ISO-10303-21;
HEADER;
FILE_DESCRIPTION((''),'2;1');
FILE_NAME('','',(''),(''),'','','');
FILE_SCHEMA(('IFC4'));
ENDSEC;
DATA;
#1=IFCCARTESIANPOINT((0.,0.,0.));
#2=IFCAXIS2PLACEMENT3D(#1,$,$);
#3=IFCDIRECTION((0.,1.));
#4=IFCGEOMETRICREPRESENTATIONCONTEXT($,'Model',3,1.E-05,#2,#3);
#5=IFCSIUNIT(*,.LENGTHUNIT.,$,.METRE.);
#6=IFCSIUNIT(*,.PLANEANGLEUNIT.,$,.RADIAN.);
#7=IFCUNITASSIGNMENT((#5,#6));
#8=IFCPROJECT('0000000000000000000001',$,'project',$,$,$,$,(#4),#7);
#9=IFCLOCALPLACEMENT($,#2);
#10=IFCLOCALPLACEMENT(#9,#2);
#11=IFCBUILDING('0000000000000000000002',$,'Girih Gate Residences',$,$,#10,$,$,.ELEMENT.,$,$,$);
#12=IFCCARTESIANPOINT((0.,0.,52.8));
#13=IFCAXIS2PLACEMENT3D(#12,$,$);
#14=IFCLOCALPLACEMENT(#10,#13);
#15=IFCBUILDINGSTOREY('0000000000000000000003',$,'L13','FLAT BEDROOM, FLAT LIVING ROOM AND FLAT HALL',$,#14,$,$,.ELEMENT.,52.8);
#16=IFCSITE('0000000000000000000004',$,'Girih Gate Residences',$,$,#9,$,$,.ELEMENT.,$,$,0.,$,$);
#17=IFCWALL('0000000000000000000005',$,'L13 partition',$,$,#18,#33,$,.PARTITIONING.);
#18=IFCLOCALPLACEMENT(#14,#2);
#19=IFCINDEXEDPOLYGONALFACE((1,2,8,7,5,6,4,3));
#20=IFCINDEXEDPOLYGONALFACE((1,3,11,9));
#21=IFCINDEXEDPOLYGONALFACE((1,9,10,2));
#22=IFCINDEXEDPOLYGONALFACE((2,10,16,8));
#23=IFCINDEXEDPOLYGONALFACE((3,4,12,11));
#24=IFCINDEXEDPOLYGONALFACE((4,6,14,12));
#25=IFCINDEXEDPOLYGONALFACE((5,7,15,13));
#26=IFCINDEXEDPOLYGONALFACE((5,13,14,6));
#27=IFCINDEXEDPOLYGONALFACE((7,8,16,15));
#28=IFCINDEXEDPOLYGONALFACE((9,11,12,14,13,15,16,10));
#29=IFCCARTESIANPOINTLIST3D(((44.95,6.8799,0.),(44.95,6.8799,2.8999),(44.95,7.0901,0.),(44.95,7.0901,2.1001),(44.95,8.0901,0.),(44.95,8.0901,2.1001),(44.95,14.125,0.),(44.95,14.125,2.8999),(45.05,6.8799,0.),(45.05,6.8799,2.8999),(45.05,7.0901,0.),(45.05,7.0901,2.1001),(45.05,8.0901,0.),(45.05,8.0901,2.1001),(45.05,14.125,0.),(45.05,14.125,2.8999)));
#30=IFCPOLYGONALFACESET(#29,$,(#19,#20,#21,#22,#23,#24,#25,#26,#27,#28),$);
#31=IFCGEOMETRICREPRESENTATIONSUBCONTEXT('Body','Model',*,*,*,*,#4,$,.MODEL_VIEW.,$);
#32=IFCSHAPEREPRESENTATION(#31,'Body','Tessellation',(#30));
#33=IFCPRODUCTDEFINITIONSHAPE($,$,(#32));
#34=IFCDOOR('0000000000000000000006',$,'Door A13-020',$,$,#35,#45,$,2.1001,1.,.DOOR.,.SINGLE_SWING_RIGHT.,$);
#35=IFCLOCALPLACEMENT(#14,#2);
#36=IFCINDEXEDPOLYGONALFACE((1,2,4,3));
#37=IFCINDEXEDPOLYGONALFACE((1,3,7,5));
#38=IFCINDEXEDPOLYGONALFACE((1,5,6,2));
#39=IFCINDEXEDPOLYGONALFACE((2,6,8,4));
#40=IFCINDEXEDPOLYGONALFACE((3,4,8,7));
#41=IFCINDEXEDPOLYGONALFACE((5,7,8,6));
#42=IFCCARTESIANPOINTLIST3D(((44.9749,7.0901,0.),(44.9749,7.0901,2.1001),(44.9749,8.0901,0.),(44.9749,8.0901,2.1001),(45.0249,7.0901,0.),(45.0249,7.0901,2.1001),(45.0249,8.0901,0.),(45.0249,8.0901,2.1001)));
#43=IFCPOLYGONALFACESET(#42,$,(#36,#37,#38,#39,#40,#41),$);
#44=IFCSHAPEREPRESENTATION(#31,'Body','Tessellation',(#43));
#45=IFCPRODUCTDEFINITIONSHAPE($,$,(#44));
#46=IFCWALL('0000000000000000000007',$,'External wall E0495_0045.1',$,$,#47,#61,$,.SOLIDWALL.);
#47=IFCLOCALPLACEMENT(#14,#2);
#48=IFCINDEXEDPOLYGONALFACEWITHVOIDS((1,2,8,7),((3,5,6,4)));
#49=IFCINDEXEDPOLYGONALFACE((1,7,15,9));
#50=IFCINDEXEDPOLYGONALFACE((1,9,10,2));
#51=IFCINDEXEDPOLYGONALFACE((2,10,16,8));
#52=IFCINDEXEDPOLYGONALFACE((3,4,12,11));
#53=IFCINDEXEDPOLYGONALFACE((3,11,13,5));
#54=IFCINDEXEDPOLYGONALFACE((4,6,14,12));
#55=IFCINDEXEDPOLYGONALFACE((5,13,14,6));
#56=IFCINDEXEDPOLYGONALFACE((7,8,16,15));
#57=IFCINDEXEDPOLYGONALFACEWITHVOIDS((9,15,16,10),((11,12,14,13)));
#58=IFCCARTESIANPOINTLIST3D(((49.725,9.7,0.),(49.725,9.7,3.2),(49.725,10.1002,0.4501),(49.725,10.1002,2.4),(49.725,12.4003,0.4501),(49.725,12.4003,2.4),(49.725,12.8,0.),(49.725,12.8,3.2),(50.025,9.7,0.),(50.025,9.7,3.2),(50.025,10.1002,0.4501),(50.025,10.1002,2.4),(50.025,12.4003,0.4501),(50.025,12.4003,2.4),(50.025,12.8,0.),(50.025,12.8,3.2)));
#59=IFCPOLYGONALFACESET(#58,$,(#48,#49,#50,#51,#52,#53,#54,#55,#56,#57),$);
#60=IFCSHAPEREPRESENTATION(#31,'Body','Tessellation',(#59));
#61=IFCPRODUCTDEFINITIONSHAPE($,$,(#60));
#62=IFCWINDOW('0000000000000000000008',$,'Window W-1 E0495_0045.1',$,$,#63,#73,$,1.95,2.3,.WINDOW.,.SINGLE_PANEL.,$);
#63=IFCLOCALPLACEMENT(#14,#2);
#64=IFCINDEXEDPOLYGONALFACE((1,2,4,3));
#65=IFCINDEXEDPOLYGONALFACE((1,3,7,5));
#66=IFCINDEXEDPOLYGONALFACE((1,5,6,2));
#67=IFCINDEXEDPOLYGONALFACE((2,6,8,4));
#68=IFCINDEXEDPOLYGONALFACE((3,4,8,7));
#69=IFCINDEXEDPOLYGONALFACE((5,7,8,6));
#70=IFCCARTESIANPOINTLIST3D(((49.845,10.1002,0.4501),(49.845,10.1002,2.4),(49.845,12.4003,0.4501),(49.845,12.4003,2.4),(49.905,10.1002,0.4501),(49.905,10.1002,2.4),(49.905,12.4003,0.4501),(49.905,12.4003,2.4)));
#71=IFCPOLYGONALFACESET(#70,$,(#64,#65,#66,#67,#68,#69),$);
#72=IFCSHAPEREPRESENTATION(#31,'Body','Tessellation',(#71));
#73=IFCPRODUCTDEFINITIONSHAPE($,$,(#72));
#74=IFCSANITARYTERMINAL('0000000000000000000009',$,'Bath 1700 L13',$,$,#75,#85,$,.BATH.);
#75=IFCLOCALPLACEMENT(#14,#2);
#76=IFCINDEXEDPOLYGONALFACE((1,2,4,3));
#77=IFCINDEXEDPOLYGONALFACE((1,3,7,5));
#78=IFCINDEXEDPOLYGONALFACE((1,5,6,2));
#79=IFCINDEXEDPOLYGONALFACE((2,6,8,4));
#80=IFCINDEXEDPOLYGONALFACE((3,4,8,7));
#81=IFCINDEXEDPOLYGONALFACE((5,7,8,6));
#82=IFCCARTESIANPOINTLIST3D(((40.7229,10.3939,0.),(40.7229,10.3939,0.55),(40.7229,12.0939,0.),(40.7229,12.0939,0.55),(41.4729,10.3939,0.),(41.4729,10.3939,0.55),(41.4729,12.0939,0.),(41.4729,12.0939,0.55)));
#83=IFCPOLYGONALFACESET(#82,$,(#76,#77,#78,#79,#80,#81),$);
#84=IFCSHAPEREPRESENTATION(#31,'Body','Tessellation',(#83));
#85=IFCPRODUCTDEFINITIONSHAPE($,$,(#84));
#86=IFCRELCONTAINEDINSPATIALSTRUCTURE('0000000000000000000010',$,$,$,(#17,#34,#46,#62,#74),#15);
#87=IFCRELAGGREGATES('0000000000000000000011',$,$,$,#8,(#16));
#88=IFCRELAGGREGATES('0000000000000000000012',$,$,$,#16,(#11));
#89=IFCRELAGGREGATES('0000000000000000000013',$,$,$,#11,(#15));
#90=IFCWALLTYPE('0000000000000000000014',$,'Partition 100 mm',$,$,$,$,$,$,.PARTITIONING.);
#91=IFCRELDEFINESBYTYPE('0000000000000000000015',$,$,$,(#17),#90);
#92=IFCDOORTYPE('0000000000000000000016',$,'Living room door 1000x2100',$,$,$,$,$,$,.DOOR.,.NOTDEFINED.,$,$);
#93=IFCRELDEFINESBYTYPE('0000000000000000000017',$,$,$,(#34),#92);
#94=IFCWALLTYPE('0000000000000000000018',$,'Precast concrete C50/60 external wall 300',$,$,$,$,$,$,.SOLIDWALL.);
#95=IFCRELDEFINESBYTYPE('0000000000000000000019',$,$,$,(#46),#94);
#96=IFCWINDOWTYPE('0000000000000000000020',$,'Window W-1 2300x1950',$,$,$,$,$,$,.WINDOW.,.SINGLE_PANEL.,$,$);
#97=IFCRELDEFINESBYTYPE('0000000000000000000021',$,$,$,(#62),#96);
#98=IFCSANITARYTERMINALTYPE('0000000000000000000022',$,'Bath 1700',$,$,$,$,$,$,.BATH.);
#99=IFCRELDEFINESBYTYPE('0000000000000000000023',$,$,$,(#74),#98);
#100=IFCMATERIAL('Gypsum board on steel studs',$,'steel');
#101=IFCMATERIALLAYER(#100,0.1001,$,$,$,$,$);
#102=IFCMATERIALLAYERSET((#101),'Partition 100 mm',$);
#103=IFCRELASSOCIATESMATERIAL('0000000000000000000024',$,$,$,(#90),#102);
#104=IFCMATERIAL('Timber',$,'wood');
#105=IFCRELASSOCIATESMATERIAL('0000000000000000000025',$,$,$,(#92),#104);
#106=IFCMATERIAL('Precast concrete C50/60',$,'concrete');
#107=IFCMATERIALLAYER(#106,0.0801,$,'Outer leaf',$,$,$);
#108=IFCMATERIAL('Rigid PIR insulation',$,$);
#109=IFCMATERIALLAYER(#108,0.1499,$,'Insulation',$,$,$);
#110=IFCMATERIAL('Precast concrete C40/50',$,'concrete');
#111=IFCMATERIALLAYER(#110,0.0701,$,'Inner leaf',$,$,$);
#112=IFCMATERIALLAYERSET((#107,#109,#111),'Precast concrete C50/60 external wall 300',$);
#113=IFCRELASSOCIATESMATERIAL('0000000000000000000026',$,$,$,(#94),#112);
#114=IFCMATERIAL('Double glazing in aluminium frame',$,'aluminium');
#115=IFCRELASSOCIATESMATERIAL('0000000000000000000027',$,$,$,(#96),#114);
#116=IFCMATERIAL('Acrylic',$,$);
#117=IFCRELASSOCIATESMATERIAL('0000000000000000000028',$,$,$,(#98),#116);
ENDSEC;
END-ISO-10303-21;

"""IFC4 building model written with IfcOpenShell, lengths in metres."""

from ifc_helpers import new_model, si_unit, direction, frame, frame_2d, origin, origin_2d, place, context, subcontext, project, spatial, rectangle, extrude, material, layer, layer_set, type_object, element, fill, save


model = new_model("IFC4")

# Units and contexts
model_context = context("Model", 3, precision=1e-05, world=origin(), true_north=direction((0.0, 1.0)))
body_context = subcontext(model_context, "Body", "Model", "MODEL_VIEW")
ifc_project = project(units=[si_unit("LENGTHUNIT", "METRE"), si_unit("PLANEANGLEUNIT", "RADIAN")], contexts=[model_context])

# Site, building, storey
site_placement = place(None, origin())
site = spatial("IfcSite", under=ifc_project, at=site_placement, Name="Girih Gate Residences", CompositionType="ELEMENT", RefElevation=0.0)
building_placement = place(site_placement, origin())
building = spatial("IfcBuilding", under=site, at=building_placement, Name="Girih Gate Residences", CompositionType="ELEMENT")
storey_placement = place(building_placement, frame((0.0, 0.0, 52.8)))
storey = spatial("IfcBuildingStorey", under=building, at=storey_placement, Name="L13", Description="FLAT BEDROOM, FLAT LIVING ROOM AND FLAT HALL", CompositionType="ELEMENT", Elevation=52.8)

# Shared definitions
ifc_material_1 = material(Name="Gypsum board on steel studs", Category="steel")

# Shared definitions
ifc_material_2 = material(Name="Timber", Category="wood")

# Wall, opening, door
ifc_layer_1 = layer(ifc_material_1, 0.1001)
ifc_layer_set_1 = layer_set([ifc_layer_1], Name="Partition 100 mm")
wall_type_1 = type_object("IfcWallType", Name="Partition 100 mm", PredefinedType="PARTITIONING", material=ifc_layer_set_1)
wall_1_placement = place(storey_placement, frame((45.0, 14.125, 0.0), z_axis=(0.0, 0.0, 1.0), x_axis=(0.0, -1.0, 0.0)))
wall_1 = element("IfcWall", 1, at=wall_1_placement, inside=storey, type_object=wall_type_1, Name="L13 partition", PredefinedType="PARTITIONING", context=body_context, shape_type="SweptSolid", body=[
    extrude(rectangle(XDim=7.2451, YDim=0.1001, at=frame_2d((3.6226, 0.0))), origin(), (0.0, 0.0, 1.0), 2.8999),
])
opening_1_placement = place(wall_1_placement, frame((6.0349, 0.0, 0.0)))
opening_1 = element("IfcOpeningElement", 2, at=opening_1_placement, cuts=wall_1, PredefinedType="OPENING", context=body_context, shape_type="SweptSolid", body=[
    extrude(rectangle(XDim=1.0, YDim=2.1001, at=frame_2d((0.5, 1.05))), frame((0.0, 0.0601, 0.0), z_axis=(0.0, -1.0, 0.0), x_axis=(1.0, 0.0, 0.0)), (0.0, 0.0, 1.0), 0.1201),
])
door_type_1 = type_object("IfcDoorType", Name="Living room door 1000x2100", OperationType="NOTDEFINED", PredefinedType="DOOR", material=ifc_material_2)
door_1_placement = place(opening_1_placement, origin())
door_1 = element("IfcDoor", 3, at=door_1_placement, inside=storey, type_object=door_type_1, Name="Door A13-020", OperationType="SINGLE_SWING_RIGHT", OverallHeight=2.1001, OverallWidth=1.0, PredefinedType="DOOR", context=body_context, shape_type="SweptSolid", body=[
    extrude(rectangle(XDim=1.0, YDim=2.1001, at=frame_2d((0.5, 1.05))), frame((0.0, 0.0249, 0.0), z_axis=(0.0, -1.0, 0.0), x_axis=(1.0, 0.0, 0.0)), (0.0, 0.0, 1.0), 0.05),
])
fill(opening_1, door_1)

# Wall, opening, window
ifc_material_3 = material(Name="Precast concrete C50/60", Category="concrete")
ifc_layer_2 = layer(ifc_material_3, 0.0801, Name="Outer leaf")
ifc_material_4 = material(Name="Rigid PIR insulation")
ifc_layer_3 = layer(ifc_material_4, 0.1499, Name="Insulation")
ifc_material_5 = material(Name="Precast concrete C40/50", Category="concrete")
ifc_layer_4 = layer(ifc_material_5, 0.0701, Name="Inner leaf")
ifc_layer_set_2 = layer_set([ifc_layer_2, ifc_layer_3, ifc_layer_4], Name="Precast concrete C50/60 external wall 300")
wall_type_2 = type_object("IfcWallType", Name="Precast concrete C50/60 external wall 300", PredefinedType="SOLIDWALL", material=ifc_layer_set_2)
wall_2_placement = place(storey_placement, frame((49.875, 12.8, 0.0), z_axis=(0.0, 0.0, 1.0), x_axis=(0.0, -1.0, 0.0)))
wall_2 = element("IfcWall", 4, at=wall_2_placement, inside=storey, type_object=wall_type_2, Name="External wall E0495_0045.1", PredefinedType="SOLIDWALL", context=body_context, shape_type="SweptSolid", body=[
    extrude(rectangle(XDim=3.1001, YDim=0.3, at=frame_2d((1.55, 0.0))), origin(), (0.0, 0.0, 1.0), 3.2),
])
opening_2_placement = place(wall_2_placement, frame((0.3999, 0.0, 0.45)))
opening_2 = element("IfcOpeningElement", 5, at=opening_2_placement, cuts=wall_2, PredefinedType="OPENING", context=body_context, shape_type="SweptSolid", body=[
    extrude(rectangle(XDim=2.3, YDim=1.95, at=frame_2d((1.1499, 0.9751))), frame((0.0, 0.1599, 0.0), z_axis=(0.0, -1.0, 0.0), x_axis=(1.0, 0.0, 0.0)), (0.0, 0.0, 1.0), 0.3201),
])
ifc_material_6 = material(Name="Double glazing in aluminium frame", Category="aluminium")
window_type = type_object("IfcWindowType", Name="Window W-1 2300x1950", PartitioningType="SINGLE_PANEL", PredefinedType="WINDOW", material=ifc_material_6)
window_placement = place(opening_2_placement, origin())
window = element("IfcWindow", 6, at=window_placement, inside=storey, type_object=window_type, Name="Window W-1 E0495_0045.1", OverallHeight=1.95, OverallWidth=2.3, PartitioningType="SINGLE_PANEL", PredefinedType="WINDOW", context=body_context, shape_type="SweptSolid", body=[
    extrude(rectangle(XDim=2.3, YDim=1.95, at=frame_2d((1.1499, 0.9751))), frame((0.0, 0.03, 0.0), z_axis=(0.0, -1.0, 0.0), x_axis=(1.0, 0.0, 0.0)), (0.0, 0.0, 1.0), 0.0601),
])
fill(opening_2, window)

# Sanitary terminal
ifc_material_7 = material(Name="Acrylic")
sanitary_terminal_type = type_object("IfcSanitaryTerminalType", Name="Bath 1700", PredefinedType="BATH", material=ifc_material_7)
sanitary_terminal_placement = place(storey_placement, frame((41.0979, 11.2439, 0.0), z_axis=(0.0, 0.0, 1.0), x_axis=(1.0, 0.0, 0.0)))
element("IfcSanitaryTerminal", 7, at=sanitary_terminal_placement, inside=storey, type_object=sanitary_terminal_type, Name="Bath 1700 L13", PredefinedType="BATH", context=body_context, shape_type="SweptSolid", body=[
    extrude(rectangle(XDim=0.75, YDim=1.7, at=origin_2d()), origin(), (0.0, 0.0, 1.0), 0.55),
])

save(model, "model.ifc")
